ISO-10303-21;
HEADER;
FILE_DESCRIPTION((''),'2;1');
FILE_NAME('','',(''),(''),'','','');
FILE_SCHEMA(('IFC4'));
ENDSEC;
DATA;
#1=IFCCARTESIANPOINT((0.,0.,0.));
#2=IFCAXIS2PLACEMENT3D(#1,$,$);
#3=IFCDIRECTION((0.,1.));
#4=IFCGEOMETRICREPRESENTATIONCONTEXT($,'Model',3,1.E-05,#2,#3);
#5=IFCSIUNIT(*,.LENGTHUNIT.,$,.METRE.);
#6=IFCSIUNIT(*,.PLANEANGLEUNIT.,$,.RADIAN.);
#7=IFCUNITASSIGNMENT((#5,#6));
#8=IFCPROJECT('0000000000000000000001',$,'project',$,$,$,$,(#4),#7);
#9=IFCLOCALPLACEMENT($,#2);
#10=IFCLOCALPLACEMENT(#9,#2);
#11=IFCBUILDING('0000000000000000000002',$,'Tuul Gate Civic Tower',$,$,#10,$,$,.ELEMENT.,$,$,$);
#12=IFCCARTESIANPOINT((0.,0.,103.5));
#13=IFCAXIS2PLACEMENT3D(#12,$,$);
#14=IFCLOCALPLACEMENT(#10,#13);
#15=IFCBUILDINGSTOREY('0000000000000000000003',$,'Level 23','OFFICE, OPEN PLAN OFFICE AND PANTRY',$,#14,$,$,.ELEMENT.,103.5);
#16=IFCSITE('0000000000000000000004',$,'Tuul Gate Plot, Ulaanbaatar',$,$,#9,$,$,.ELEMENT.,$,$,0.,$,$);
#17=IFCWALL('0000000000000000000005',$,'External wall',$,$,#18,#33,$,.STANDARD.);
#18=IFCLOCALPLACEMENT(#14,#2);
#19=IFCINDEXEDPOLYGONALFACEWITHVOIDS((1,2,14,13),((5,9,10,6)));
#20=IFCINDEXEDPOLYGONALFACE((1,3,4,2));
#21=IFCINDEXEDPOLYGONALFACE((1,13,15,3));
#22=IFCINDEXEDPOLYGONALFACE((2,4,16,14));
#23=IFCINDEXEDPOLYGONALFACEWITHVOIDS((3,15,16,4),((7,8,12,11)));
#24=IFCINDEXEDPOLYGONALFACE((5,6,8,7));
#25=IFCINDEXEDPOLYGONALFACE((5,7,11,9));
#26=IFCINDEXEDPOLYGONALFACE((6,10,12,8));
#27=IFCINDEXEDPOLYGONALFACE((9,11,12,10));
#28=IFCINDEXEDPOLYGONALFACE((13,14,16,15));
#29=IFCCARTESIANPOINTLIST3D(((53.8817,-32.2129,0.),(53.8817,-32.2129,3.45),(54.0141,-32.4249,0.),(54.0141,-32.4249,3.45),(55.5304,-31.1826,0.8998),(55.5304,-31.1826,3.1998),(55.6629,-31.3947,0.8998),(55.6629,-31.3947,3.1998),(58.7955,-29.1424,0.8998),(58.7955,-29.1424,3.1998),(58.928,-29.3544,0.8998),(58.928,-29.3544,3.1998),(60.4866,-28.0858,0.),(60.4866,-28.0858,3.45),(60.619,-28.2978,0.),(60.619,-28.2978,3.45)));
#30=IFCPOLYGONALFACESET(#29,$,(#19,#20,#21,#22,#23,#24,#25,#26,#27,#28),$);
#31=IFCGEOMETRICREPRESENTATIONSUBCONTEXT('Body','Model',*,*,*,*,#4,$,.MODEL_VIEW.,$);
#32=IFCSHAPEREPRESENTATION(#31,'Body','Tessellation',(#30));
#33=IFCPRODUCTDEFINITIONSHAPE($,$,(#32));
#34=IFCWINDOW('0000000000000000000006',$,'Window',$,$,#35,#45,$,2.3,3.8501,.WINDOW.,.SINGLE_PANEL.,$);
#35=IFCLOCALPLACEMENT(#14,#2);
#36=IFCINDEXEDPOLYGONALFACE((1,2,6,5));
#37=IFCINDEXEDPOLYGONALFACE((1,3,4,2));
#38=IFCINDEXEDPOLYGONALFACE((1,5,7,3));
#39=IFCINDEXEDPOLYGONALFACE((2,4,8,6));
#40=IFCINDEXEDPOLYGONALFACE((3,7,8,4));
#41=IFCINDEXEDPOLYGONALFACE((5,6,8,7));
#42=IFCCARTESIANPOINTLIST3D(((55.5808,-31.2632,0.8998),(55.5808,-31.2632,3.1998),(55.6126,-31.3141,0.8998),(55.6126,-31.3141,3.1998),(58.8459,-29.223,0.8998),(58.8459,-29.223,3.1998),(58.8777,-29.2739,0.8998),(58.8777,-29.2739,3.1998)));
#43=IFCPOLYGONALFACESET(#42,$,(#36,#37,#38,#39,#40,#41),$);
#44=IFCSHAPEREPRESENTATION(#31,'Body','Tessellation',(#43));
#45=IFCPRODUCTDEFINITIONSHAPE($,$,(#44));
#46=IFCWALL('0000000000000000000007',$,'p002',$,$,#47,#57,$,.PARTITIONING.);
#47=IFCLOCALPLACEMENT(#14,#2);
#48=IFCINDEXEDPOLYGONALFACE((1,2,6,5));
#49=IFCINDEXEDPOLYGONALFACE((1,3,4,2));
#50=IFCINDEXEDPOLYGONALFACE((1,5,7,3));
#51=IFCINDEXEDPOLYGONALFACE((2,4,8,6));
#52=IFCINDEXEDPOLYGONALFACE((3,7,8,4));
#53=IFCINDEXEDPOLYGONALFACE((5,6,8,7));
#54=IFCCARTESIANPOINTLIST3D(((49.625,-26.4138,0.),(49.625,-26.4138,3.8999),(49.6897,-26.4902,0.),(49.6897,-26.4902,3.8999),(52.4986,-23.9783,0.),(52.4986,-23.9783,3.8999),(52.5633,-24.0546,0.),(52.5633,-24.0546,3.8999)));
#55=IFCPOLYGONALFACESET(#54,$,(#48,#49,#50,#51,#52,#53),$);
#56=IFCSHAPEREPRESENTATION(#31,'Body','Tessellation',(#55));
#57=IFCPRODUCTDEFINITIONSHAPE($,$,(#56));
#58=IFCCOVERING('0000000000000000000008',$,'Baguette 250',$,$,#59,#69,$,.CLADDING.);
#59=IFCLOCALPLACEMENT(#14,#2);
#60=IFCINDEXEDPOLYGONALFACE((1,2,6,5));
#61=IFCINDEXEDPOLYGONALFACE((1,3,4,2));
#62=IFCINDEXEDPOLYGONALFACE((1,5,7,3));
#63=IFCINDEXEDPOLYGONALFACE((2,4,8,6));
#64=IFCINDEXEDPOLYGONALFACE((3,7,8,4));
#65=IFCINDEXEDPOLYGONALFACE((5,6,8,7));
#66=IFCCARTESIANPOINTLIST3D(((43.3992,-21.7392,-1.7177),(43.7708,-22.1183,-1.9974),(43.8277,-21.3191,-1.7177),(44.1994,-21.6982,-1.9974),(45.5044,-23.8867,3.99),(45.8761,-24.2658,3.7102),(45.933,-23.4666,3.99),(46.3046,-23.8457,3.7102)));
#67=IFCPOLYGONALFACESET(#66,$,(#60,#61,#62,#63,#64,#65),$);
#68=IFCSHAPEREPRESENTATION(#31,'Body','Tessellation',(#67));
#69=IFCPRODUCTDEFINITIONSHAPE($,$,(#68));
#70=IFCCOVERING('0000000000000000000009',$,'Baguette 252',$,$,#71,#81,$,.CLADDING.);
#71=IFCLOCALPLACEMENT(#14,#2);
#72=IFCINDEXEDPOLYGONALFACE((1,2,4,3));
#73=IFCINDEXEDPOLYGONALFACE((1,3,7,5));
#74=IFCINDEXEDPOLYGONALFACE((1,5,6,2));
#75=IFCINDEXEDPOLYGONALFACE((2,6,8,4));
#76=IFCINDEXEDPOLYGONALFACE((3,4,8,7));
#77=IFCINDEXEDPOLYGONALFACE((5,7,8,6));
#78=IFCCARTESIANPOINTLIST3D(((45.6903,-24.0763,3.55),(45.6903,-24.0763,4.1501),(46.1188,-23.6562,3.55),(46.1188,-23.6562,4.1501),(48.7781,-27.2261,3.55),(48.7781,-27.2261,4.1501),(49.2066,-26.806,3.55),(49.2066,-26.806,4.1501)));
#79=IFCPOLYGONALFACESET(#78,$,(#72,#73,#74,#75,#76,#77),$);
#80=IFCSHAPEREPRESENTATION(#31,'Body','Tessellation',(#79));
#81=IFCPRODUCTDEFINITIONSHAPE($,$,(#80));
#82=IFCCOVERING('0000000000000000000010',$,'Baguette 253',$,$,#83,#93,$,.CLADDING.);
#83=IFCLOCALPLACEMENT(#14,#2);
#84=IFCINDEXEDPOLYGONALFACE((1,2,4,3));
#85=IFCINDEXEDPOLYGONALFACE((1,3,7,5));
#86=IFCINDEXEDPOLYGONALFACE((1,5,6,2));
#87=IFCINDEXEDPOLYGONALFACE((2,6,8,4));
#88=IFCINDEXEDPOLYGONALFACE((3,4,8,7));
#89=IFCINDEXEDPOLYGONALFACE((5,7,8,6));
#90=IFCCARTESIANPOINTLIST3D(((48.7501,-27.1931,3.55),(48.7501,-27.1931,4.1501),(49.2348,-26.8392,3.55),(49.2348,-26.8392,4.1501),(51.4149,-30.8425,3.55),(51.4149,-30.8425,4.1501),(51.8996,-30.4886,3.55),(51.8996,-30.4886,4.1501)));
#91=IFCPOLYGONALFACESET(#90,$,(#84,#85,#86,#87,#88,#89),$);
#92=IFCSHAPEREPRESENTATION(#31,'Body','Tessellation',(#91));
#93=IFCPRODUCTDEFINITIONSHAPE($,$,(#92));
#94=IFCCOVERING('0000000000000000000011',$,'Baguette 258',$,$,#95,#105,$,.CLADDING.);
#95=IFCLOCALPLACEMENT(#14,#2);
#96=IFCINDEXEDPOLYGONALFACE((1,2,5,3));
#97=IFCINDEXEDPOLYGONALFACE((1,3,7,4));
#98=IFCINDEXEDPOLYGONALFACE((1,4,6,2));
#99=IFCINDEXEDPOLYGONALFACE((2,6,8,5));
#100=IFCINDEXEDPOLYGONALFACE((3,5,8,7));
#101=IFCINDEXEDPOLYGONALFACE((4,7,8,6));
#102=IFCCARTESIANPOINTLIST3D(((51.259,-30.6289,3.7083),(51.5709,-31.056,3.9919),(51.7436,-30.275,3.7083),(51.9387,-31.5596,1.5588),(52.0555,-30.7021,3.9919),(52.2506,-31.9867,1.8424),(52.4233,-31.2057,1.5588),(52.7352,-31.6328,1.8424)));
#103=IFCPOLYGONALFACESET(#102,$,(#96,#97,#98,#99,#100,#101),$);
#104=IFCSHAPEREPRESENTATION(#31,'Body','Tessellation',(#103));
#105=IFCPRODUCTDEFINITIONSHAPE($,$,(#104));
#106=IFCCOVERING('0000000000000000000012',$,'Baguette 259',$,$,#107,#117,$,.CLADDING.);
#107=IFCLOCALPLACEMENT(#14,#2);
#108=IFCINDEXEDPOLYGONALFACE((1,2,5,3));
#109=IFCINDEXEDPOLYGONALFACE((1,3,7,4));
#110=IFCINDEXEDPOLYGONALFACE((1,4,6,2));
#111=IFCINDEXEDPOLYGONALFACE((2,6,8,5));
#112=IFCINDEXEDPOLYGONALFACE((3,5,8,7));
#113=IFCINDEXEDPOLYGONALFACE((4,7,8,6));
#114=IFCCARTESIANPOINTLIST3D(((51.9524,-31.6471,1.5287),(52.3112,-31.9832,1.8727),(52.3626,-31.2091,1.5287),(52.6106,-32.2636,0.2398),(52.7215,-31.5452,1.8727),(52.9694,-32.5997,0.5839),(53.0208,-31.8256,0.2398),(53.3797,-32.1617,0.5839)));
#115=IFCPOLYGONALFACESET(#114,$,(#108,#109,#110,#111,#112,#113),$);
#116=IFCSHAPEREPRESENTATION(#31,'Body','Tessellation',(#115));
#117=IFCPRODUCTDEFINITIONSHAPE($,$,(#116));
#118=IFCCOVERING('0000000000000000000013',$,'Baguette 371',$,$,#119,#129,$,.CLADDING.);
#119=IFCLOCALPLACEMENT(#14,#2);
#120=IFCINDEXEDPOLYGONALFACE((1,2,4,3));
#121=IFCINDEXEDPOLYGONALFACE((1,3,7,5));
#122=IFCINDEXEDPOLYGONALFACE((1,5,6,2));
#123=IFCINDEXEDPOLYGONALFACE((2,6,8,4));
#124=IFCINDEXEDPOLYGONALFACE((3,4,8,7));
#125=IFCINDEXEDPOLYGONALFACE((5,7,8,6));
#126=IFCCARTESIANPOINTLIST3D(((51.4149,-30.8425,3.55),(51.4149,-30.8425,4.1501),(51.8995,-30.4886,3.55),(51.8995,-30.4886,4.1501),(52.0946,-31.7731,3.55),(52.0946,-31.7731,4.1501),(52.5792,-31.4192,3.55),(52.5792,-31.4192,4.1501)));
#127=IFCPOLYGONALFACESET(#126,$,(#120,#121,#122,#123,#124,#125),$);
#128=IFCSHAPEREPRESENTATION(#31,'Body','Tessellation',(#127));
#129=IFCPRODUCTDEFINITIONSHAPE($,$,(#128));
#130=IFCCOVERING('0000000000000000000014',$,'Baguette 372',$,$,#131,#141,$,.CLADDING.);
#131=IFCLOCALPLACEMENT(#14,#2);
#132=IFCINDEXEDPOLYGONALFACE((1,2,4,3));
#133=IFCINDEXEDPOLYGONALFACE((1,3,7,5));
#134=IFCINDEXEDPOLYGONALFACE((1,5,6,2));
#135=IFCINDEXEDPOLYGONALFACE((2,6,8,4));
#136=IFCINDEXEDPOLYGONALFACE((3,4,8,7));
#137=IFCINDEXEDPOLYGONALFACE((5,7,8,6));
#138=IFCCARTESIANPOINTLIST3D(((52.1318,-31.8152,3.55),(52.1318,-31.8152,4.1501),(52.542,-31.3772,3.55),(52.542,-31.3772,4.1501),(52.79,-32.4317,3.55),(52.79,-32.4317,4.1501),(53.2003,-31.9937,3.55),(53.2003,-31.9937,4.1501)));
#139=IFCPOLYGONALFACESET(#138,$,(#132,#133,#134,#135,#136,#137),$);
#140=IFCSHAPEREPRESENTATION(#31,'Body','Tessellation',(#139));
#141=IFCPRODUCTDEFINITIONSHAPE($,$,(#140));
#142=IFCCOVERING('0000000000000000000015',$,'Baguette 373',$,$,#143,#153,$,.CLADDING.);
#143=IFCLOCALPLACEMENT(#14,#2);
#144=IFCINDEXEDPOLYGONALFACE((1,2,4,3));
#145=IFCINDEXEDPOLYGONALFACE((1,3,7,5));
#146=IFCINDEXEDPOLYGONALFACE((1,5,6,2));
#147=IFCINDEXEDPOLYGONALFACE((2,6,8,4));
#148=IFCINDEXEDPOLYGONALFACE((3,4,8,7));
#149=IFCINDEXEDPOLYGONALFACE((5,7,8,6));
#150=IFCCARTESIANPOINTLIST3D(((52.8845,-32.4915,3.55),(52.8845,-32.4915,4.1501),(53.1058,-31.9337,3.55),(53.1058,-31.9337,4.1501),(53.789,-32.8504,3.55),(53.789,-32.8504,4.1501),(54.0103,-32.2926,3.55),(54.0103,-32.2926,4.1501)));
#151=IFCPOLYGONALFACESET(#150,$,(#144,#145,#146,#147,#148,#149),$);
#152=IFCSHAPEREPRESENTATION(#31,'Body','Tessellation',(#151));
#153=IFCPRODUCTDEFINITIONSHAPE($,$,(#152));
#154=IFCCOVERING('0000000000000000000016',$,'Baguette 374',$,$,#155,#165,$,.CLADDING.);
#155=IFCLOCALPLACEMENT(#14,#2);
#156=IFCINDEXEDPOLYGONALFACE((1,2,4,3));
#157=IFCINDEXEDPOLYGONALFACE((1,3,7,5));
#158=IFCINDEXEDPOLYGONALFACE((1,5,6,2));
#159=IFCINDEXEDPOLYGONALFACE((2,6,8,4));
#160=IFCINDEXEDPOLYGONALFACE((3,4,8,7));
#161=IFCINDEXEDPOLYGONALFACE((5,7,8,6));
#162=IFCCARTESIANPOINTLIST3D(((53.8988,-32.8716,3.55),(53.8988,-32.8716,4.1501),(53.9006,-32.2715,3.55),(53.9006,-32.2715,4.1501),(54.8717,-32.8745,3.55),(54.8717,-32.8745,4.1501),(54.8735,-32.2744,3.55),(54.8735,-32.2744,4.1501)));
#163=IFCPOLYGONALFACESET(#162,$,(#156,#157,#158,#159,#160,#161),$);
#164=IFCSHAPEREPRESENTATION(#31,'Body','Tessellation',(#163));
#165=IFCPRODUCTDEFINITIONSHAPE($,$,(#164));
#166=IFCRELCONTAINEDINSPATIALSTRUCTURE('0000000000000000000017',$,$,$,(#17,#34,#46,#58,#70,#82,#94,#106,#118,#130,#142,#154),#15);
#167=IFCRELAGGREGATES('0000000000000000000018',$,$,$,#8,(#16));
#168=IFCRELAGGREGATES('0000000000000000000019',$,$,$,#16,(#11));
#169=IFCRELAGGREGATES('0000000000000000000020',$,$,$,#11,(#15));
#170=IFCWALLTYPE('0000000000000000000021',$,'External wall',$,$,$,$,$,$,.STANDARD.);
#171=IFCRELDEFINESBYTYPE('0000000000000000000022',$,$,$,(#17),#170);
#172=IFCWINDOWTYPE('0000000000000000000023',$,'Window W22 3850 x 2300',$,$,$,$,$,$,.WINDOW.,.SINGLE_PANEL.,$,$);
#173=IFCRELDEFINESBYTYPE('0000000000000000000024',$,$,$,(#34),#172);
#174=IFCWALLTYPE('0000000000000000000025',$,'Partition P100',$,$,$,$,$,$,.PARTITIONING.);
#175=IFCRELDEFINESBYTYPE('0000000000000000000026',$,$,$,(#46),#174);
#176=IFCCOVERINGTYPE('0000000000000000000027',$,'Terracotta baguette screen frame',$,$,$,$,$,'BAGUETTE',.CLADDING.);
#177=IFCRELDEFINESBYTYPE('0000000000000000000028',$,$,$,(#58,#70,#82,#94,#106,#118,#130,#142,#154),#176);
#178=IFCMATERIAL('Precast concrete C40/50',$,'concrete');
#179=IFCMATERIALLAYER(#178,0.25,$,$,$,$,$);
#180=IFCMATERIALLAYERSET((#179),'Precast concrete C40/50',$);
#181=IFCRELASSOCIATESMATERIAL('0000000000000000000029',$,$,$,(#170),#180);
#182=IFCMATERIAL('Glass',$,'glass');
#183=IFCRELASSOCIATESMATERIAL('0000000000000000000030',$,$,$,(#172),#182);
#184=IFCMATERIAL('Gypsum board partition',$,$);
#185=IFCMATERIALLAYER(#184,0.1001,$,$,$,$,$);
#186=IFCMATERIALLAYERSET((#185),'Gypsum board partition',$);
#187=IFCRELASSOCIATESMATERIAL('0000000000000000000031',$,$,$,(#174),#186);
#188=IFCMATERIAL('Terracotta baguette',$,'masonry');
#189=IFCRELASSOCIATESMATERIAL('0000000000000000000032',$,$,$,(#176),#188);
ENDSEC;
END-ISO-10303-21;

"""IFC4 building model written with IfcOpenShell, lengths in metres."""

from ifc_helpers import new_model, si_unit, direction, frame, frame_2d, origin, origin_2d, place, context, subcontext, project, spatial, rectangle, extrude, material, layer, layer_set, material_profile, profile_set, type_object, element, fill, save


model = new_model("IFC4")

# Units and contexts
model_context = context("Model", 3, precision=1e-05, world=origin(), true_north=direction((0.0, 1.0)))
body_context = subcontext(model_context, "Body", "Model", "MODEL_VIEW")
ifc_project = project(units=[si_unit("LENGTHUNIT", "METRE"), si_unit("PLANEANGLEUNIT", "RADIAN")], contexts=[model_context])

# Site, building, storey
site_placement = place(None, origin())
site = spatial("IfcSite", under=ifc_project, at=site_placement, Name="Tuul Gate Plot, Ulaanbaatar", CompositionType="ELEMENT", RefElevation=0.0)
building_placement = place(site_placement, origin())
building = spatial("IfcBuilding", under=site, at=building_placement, Name="Tuul Gate Civic Tower", CompositionType="ELEMENT")
storey_placement = place(building_placement, frame((0.0, 0.0, 103.5)))
storey = spatial("IfcBuildingStorey", under=building, at=storey_placement, Name="Level 23", Description="OFFICE, OPEN PLAN OFFICE AND PANTRY", CompositionType="ELEMENT", Elevation=103.5)

# Wall, opening, window
ifc_material_1 = material(Name="Precast concrete C40/50", Category="concrete")
ifc_layer_1 = layer(ifc_material_1, 0.25)
ifc_layer_set_1 = layer_set([ifc_layer_1], Name="Precast concrete C40/50")
wall_type_1 = type_object("IfcWallType", Name="External wall", PredefinedType="STANDARD", material=ifc_layer_set_1)
wall_1_placement = place(storey_placement, frame((53.948, -32.3188, 0.0), z_axis=(0.0, 0.0, 1.0), x_axis=(0.848051, 0.529914, 0.0)))
wall_1 = element("IfcWall", 1, at=wall_1_placement, inside=storey, type_object=wall_type_1, Name="External wall", PredefinedType="STANDARD", context=body_context, shape_type="SweptSolid", body=[
    extrude(rectangle(XDim=7.7883, YDim=0.25, at=frame_2d((3.894, 0.0))), origin(), (0.0, 0.0, 1.0), 3.45),
])
opening_1_placement = place(wall_1_placement, frame((1.9441, 0.0, 0.8999)))
opening_1 = element("IfcOpeningElement", 2, at=opening_1_placement, cuts=wall_1, PredefinedType="OPENING", context=body_context, shape_type="SweptSolid", body=[
    extrude(rectangle(XDim=3.8501, YDim=2.3, at=frame_2d((1.925, 1.1499))), frame((0.0, 0.135, 0.0), z_axis=(0.0, -1.0, 0.0), x_axis=(1.0, 0.0, 0.0)), (0.0, 0.0, 1.0), 0.27),
])
ifc_material_2 = material(Name="Glass", Category="glass")
window_type_1 = type_object("IfcWindowType", Name="Window W22 3850 x 2300", PartitioningType="SINGLE_PANEL", PredefinedType="WINDOW", material=ifc_material_2)
window_1_placement = place(opening_1_placement, origin())
window_1 = element("IfcWindow", 3, at=window_1_placement, inside=storey, type_object=window_type_1, Name="Window", OverallHeight=2.3, OverallWidth=3.8501, PartitioningType="SINGLE_PANEL", PredefinedType="WINDOW", context=body_context, shape_type="SweptSolid", body=[
    extrude(rectangle(XDim=3.8501, YDim=2.3, at=frame_2d((1.925, 1.1499))), frame((0.0, 0.03, 0.0), z_axis=(0.0, -1.0, 0.0), x_axis=(1.0, 0.0, 0.0)), (0.0, 0.0, 1.0), 0.0601),
])
fill(opening_1, window_1)

# Wall
ifc_material_3 = material(Name="Gypsum board partition")
ifc_layer_2 = layer(ifc_material_3, 0.1001)
ifc_layer_set_2 = layer_set([ifc_layer_2], Name="Gypsum board partition")
wall_type_2 = type_object("IfcWallType", Name="Partition P100", PredefinedType="PARTITIONING", material=ifc_layer_set_2)
wall_2_placement = place(storey_placement, frame((49.6575, -26.4519, 0.0), z_axis=(0.0, 0.0, 1.0), x_axis=(0.76285, 0.646575, 0.0)))
element("IfcWall", 4, at=wall_2_placement, inside=storey, type_object=wall_type_2, Name="p002", PredefinedType="PARTITIONING", context=body_context, shape_type="SweptSolid", body=[
    extrude(rectangle(XDim=3.7668, YDim=0.1001, at=frame_2d((1.8833, 0.0))), origin(), (0.0, 0.0, 1.0), 3.8999),
])

# Coverings
ifc_material_4 = material(Name="Terracotta baguette", Category="masonry")
ifc_material_profile_1 = material_profile(ifc_material_4, rectangle(XDim=0.6001, YDim=0.6001, at=origin_2d()), Name="Terracotta baguette screen frame")
ifc_profile_set_1 = profile_set([ifc_material_profile_1], Name="Terracotta baguette")
covering_type = type_object("IfcCoveringType", Name="Terracotta baguette screen frame", ElementType="BAGUETTE", PredefinedType="CLADDING", material=ifc_profile_set_1)
covering_1_placement = place(storey_placement, frame((45.9045, -23.8662, 3.8501), z_axis=(-0.326325, 0.332872, -0.884708), x_axis=(-0.714094, -0.700049, 0.0)))
element("IfcCovering", 5, at=covering_1_placement, inside=storey, type_object=covering_type, Name="Baguette 250", PredefinedType="CLADDING", context=body_context, shape_type="SweptSolid", body=[
    extrude(rectangle(XDim=0.6001, YDim=0.6001, at=origin_2d()), origin(), (0.0, 0.0, 1.0), 6.4514),
])
covering_2_placement = place(storey_placement, frame((45.9045, -23.8662, 3.8501), z_axis=(0.700043, -0.714101, 0.0), x_axis=(0.714101, 0.700043, 0.0)))
element("IfcCovering", 6, at=covering_2_placement, inside=storey, type_object=covering_type, Name="Baguette 252", PredefinedType="CLADDING", context=body_context, shape_type="SweptSolid", body=[
    extrude(rectangle(XDim=0.6001, YDim=0.6001, at=origin_2d()), origin(), (0.0, 0.0, 1.0), 4.4109),
])
covering_3_placement = place(storey_placement, frame((48.9924, -27.0161, 3.8501), z_axis=(0.589716, -0.807611, 0.0), x_axis=(0.807611, 0.589716, 0.0)))
element("IfcCovering", 7, at=covering_3_placement, inside=storey, type_object=covering_type, Name="Baguette 253", PredefinedType="CLADDING", context=body_context, shape_type="SweptSolid", body=[
    extrude(rectangle(XDim=0.6001, YDim=0.6001, at=origin_2d()), origin(), (0.0, 0.0, 1.0), 4.5188),
])
covering_4_placement = place(storey_placement, frame((51.6572, -30.6655, 3.8501), z_axis=(0.278689, -0.381596, -0.881315), x_axis=(0.807562, 0.589783, 0.0)))
element("IfcCovering", 8, at=covering_4_placement, inside=storey, type_object=covering_type, Name="Baguette 258", PredefinedType="CLADDING", context=body_context, shape_type="SweptSolid", body=[
    extrude(rectangle(XDim=0.6001, YDim=0.6001, at=origin_2d()), origin(), (0.0, 0.0, 1.0), 2.439),
])
covering_5_placement = place(storey_placement, frame((52.3369, -31.5962, 1.7007), z_axis=(0.41844, -0.3919, -0.819342), x_axis=(0.683581, 0.729875, 0.0)))
element("IfcCovering", 9, at=covering_5_placement, inside=storey, type_object=covering_type, Name="Baguette 259", PredefinedType="CLADDING", context=body_context, shape_type="SweptSolid", body=[
    extrude(rectangle(XDim=0.6001, YDim=0.6001, at=origin_2d()), origin(), (0.0, 0.0, 1.0), 1.573),
])
covering_6_placement = place(storey_placement, frame((51.6572, -30.6655, 3.8501), z_axis=(0.589783, -0.807562, 0.0), x_axis=(0.807562, 0.589783, 0.0)))
element("IfcCovering", 10, at=covering_6_placement, inside=storey, type_object=covering_type, Name="Baguette 371", PredefinedType="CLADDING", context=body_context, shape_type="SweptSolid", body=[
    extrude(rectangle(XDim=0.6001, YDim=0.6001, at=origin_2d()), origin(), (0.0, 0.0, 1.0), 1.1523),
])
covering_7_placement = place(storey_placement, frame((52.3369, -31.5962, 3.8501), z_axis=(0.729875, -0.683581, 0.0), x_axis=(0.683581, 0.729875, 0.0)))
element("IfcCovering", 11, at=covering_7_placement, inside=storey, type_object=covering_type, Name="Baguette 372", PredefinedType="CLADDING", context=body_context, shape_type="SweptSolid", body=[
    extrude(rectangle(XDim=0.6001, YDim=0.6001, at=origin_2d()), origin(), (0.0, 0.0, 1.0), 0.9019),
])
covering_8_placement = place(storey_placement, frame((52.9951, -32.2126, 3.8501), z_axis=(0.929511, -0.368794, 0.0), x_axis=(0.368794, 0.929511, 0.0)))
element("IfcCovering", 12, at=covering_8_placement, inside=storey, type_object=covering_type, Name="Baguette 373", PredefinedType="CLADDING", context=body_context, shape_type="SweptSolid", body=[
    extrude(rectangle(XDim=0.6001, YDim=0.6001, at=origin_2d()), origin(), (0.0, 0.0, 1.0), 0.9731),
])
covering_9_placement = place(storey_placement, frame((53.8997, -32.5715, 3.8501), z_axis=(0.999995, -0.003011, 0.0), x_axis=(0.003011, 0.999995, 0.0)))
element("IfcCovering", 13, at=covering_9_placement, inside=storey, type_object=covering_type, Name="Baguette 374", PredefinedType="CLADDING", context=body_context, shape_type="SweptSolid", body=[
    extrude(rectangle(XDim=0.6001, YDim=0.6001, at=origin_2d()), origin(), (0.0, 0.0, 1.0), 0.9729),
])

save(model, "model.ifc")
